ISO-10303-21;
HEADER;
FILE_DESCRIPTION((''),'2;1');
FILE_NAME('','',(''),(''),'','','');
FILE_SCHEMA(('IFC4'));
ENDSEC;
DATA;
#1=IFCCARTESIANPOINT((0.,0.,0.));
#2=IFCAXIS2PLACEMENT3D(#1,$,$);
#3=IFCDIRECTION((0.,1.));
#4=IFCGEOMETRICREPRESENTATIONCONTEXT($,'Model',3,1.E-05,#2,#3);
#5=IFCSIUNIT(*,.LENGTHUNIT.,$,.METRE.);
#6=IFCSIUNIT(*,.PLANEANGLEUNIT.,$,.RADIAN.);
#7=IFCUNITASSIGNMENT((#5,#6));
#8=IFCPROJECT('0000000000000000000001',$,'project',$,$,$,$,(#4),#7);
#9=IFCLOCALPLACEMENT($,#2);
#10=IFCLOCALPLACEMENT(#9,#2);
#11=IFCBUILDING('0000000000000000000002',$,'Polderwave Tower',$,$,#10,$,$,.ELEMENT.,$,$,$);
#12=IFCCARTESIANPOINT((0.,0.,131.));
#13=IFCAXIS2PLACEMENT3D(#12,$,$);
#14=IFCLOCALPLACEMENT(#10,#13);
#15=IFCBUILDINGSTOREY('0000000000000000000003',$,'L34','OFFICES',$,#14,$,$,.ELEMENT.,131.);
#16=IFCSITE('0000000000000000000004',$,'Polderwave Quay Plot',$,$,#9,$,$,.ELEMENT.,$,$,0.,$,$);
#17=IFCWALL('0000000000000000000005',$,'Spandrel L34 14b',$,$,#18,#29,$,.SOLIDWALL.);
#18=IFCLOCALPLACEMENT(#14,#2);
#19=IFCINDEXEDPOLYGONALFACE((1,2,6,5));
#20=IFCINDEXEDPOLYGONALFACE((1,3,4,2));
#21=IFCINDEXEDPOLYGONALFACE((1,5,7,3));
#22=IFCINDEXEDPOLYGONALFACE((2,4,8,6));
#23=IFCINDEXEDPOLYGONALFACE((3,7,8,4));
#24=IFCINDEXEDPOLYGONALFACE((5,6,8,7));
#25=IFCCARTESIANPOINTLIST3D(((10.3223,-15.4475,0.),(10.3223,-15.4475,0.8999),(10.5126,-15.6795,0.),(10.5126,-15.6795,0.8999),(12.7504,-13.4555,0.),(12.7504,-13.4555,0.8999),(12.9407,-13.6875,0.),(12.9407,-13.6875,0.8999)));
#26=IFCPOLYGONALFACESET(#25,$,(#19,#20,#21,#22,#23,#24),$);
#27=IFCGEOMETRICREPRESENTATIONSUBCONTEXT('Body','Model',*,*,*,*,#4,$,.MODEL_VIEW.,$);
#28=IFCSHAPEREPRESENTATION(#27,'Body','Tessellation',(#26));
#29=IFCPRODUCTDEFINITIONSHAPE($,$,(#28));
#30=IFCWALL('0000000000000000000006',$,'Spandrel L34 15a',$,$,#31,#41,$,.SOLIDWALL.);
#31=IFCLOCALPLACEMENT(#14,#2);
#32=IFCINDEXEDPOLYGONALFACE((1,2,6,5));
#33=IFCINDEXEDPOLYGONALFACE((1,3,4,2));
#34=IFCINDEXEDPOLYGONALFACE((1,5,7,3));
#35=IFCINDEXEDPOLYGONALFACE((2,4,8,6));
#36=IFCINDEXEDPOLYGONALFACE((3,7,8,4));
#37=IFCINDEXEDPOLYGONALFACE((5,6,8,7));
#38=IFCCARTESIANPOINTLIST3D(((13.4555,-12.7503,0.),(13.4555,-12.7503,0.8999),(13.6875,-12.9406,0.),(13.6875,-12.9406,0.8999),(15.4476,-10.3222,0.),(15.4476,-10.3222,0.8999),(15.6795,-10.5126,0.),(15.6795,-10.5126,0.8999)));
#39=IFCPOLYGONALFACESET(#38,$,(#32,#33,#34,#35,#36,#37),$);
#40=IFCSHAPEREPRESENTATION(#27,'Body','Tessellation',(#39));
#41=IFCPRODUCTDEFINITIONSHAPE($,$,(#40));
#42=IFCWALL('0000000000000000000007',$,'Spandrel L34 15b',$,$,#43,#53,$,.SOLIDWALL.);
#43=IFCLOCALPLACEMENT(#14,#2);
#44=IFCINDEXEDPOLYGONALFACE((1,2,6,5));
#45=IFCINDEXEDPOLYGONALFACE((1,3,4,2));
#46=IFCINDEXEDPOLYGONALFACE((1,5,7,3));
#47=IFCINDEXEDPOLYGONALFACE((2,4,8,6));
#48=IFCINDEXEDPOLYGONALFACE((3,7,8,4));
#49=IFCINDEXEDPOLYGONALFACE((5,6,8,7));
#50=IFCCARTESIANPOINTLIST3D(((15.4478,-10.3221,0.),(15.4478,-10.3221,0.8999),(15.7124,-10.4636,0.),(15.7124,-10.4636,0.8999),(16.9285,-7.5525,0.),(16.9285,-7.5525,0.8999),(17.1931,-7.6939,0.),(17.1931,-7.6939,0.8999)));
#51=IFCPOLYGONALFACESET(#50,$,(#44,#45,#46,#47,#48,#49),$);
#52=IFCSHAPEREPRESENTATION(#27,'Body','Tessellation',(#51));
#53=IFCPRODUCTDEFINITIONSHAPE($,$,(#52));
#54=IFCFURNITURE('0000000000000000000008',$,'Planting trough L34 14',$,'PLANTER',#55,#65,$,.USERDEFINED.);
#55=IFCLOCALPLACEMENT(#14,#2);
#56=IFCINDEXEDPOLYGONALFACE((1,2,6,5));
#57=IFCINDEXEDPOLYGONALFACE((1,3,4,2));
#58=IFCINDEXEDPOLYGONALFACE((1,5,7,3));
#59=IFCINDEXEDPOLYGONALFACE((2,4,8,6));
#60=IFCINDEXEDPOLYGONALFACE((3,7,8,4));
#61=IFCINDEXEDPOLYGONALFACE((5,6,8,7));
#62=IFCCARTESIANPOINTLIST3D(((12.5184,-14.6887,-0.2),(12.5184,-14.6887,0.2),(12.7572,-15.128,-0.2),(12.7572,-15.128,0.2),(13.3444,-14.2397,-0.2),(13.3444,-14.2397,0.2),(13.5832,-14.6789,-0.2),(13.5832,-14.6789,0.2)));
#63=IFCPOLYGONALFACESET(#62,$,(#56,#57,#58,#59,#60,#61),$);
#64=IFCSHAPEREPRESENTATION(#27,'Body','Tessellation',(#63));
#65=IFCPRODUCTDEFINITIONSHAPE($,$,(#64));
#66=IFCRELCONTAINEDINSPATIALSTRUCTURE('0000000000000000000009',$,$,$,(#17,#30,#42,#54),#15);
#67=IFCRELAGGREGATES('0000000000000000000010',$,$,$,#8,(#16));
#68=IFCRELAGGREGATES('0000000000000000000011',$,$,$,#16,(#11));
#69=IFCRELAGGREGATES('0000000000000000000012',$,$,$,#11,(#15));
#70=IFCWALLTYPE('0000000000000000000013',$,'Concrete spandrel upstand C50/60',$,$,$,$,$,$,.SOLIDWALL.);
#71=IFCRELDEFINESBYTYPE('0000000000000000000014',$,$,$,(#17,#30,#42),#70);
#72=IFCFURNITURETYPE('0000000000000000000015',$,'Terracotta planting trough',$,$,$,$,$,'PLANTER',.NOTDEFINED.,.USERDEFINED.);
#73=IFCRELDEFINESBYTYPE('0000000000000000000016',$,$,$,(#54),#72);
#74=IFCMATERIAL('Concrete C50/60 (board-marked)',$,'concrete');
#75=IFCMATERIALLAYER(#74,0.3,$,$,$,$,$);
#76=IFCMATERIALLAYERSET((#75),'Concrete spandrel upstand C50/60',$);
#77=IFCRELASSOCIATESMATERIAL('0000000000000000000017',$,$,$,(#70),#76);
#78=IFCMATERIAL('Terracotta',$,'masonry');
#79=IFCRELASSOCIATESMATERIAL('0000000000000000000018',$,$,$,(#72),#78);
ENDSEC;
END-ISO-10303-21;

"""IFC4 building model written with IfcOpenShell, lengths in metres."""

from ifc_helpers import new_model, si_unit, direction, frame, frame_2d, origin, origin_2d, place, context, subcontext, project, spatial, rectangle, extrude, material, layer, layer_set, type_object, element, save


model = new_model("IFC4")

# Units and contexts
model_context = context("Model", 3, precision=1e-05, world=origin(), true_north=direction((0.0, 1.0)))
body_context = subcontext(model_context, "Body", "Model", "MODEL_VIEW")
ifc_project = project(units=[si_unit("LENGTHUNIT", "METRE"), si_unit("PLANEANGLEUNIT", "RADIAN")], contexts=[model_context])

# Site, building, storey
site_placement = place(None, origin())
site = spatial("IfcSite", under=ifc_project, at=site_placement, Name="Polderwave Quay Plot", CompositionType="ELEMENT", RefElevation=0.0)
building_placement = place(site_placement, origin())
building = spatial("IfcBuilding", under=site, at=building_placement, Name="Polderwave Tower", CompositionType="ELEMENT")
storey_placement = place(building_placement, frame((0.0, 0.0, 131.0)))
storey = spatial("IfcBuildingStorey", under=building, at=storey_placement, Name="L34", Description="OFFICES", CompositionType="ELEMENT", Elevation=131.0)

# Walls
ifc_material_1 = material(Name="Concrete C50/60 (board-marked)", Category="concrete")
ifc_layer_1 = layer(ifc_material_1, 0.3)
ifc_layer_set_1 = layer_set([ifc_layer_1], Name="Concrete spandrel upstand C50/60")
wall_type = type_object("IfcWallType", Name="Concrete spandrel upstand C50/60", PredefinedType="SOLIDWALL", material=ifc_layer_set_1)
for number, where, z_axis, x_axis, name in (
    (1, (10.4175, -15.5635, 0.0), (0.0, 0.0, 1.0), (0.773111, 0.63427, 0.0), "Spandrel L34 14b"),
    (2, (13.5715, -12.8455, 0.0), (0.0, 0.0, 1.0), (0.63427, 0.773111, 0.0), "Spandrel L34 15a"),
    (3, (15.5801, -10.3928, 0.0), (0.0, 0.0, 1.0), (0.471488, 0.881873, 0.0), "Spandrel L34 15b"),
):
    element("IfcWall", number, at=place(storey_placement, frame(where, z_axis=z_axis, x_axis=x_axis)), inside=storey, type_object=wall_type, Name=name, PredefinedType="SOLIDWALL", context=body_context, shape_type="SweptSolid", body=[
        extrude(rectangle(XDim=3.1406, YDim=0.3, at=frame_2d((1.5703, 0.0))), origin(), (0.0, 0.0, 1.0), 0.8999),
    ])

# Furniture
ifc_material_2 = material(Name="Terracotta", Category="masonry")
furniture_type = type_object("IfcFurnitureType", Name="Terracotta planting trough", ElementType="PLANTER", AssemblyPlace="NOTDEFINED", PredefinedType="USERDEFINED", material=ifc_material_2)
furniture_placement = place(storey_placement, frame((13.0508, -14.6838, -0.2), z_axis=(0.0, 0.0, 1.0), x_axis=(0.87855, 0.47765, 0.0)))
element("IfcFurniture", 4, at=furniture_placement, inside=storey, type_object=furniture_type, Name="Planting trough L34 14", ObjectType="PLANTER", PredefinedType="USERDEFINED", context=body_context, shape_type="SweptSolid", body=[
    extrude(rectangle(XDim=0.9402, YDim=0.5, at=origin_2d()), origin(), (0.0, 0.0, 1.0), 0.3999),
])

save(model, "model.ifc")
